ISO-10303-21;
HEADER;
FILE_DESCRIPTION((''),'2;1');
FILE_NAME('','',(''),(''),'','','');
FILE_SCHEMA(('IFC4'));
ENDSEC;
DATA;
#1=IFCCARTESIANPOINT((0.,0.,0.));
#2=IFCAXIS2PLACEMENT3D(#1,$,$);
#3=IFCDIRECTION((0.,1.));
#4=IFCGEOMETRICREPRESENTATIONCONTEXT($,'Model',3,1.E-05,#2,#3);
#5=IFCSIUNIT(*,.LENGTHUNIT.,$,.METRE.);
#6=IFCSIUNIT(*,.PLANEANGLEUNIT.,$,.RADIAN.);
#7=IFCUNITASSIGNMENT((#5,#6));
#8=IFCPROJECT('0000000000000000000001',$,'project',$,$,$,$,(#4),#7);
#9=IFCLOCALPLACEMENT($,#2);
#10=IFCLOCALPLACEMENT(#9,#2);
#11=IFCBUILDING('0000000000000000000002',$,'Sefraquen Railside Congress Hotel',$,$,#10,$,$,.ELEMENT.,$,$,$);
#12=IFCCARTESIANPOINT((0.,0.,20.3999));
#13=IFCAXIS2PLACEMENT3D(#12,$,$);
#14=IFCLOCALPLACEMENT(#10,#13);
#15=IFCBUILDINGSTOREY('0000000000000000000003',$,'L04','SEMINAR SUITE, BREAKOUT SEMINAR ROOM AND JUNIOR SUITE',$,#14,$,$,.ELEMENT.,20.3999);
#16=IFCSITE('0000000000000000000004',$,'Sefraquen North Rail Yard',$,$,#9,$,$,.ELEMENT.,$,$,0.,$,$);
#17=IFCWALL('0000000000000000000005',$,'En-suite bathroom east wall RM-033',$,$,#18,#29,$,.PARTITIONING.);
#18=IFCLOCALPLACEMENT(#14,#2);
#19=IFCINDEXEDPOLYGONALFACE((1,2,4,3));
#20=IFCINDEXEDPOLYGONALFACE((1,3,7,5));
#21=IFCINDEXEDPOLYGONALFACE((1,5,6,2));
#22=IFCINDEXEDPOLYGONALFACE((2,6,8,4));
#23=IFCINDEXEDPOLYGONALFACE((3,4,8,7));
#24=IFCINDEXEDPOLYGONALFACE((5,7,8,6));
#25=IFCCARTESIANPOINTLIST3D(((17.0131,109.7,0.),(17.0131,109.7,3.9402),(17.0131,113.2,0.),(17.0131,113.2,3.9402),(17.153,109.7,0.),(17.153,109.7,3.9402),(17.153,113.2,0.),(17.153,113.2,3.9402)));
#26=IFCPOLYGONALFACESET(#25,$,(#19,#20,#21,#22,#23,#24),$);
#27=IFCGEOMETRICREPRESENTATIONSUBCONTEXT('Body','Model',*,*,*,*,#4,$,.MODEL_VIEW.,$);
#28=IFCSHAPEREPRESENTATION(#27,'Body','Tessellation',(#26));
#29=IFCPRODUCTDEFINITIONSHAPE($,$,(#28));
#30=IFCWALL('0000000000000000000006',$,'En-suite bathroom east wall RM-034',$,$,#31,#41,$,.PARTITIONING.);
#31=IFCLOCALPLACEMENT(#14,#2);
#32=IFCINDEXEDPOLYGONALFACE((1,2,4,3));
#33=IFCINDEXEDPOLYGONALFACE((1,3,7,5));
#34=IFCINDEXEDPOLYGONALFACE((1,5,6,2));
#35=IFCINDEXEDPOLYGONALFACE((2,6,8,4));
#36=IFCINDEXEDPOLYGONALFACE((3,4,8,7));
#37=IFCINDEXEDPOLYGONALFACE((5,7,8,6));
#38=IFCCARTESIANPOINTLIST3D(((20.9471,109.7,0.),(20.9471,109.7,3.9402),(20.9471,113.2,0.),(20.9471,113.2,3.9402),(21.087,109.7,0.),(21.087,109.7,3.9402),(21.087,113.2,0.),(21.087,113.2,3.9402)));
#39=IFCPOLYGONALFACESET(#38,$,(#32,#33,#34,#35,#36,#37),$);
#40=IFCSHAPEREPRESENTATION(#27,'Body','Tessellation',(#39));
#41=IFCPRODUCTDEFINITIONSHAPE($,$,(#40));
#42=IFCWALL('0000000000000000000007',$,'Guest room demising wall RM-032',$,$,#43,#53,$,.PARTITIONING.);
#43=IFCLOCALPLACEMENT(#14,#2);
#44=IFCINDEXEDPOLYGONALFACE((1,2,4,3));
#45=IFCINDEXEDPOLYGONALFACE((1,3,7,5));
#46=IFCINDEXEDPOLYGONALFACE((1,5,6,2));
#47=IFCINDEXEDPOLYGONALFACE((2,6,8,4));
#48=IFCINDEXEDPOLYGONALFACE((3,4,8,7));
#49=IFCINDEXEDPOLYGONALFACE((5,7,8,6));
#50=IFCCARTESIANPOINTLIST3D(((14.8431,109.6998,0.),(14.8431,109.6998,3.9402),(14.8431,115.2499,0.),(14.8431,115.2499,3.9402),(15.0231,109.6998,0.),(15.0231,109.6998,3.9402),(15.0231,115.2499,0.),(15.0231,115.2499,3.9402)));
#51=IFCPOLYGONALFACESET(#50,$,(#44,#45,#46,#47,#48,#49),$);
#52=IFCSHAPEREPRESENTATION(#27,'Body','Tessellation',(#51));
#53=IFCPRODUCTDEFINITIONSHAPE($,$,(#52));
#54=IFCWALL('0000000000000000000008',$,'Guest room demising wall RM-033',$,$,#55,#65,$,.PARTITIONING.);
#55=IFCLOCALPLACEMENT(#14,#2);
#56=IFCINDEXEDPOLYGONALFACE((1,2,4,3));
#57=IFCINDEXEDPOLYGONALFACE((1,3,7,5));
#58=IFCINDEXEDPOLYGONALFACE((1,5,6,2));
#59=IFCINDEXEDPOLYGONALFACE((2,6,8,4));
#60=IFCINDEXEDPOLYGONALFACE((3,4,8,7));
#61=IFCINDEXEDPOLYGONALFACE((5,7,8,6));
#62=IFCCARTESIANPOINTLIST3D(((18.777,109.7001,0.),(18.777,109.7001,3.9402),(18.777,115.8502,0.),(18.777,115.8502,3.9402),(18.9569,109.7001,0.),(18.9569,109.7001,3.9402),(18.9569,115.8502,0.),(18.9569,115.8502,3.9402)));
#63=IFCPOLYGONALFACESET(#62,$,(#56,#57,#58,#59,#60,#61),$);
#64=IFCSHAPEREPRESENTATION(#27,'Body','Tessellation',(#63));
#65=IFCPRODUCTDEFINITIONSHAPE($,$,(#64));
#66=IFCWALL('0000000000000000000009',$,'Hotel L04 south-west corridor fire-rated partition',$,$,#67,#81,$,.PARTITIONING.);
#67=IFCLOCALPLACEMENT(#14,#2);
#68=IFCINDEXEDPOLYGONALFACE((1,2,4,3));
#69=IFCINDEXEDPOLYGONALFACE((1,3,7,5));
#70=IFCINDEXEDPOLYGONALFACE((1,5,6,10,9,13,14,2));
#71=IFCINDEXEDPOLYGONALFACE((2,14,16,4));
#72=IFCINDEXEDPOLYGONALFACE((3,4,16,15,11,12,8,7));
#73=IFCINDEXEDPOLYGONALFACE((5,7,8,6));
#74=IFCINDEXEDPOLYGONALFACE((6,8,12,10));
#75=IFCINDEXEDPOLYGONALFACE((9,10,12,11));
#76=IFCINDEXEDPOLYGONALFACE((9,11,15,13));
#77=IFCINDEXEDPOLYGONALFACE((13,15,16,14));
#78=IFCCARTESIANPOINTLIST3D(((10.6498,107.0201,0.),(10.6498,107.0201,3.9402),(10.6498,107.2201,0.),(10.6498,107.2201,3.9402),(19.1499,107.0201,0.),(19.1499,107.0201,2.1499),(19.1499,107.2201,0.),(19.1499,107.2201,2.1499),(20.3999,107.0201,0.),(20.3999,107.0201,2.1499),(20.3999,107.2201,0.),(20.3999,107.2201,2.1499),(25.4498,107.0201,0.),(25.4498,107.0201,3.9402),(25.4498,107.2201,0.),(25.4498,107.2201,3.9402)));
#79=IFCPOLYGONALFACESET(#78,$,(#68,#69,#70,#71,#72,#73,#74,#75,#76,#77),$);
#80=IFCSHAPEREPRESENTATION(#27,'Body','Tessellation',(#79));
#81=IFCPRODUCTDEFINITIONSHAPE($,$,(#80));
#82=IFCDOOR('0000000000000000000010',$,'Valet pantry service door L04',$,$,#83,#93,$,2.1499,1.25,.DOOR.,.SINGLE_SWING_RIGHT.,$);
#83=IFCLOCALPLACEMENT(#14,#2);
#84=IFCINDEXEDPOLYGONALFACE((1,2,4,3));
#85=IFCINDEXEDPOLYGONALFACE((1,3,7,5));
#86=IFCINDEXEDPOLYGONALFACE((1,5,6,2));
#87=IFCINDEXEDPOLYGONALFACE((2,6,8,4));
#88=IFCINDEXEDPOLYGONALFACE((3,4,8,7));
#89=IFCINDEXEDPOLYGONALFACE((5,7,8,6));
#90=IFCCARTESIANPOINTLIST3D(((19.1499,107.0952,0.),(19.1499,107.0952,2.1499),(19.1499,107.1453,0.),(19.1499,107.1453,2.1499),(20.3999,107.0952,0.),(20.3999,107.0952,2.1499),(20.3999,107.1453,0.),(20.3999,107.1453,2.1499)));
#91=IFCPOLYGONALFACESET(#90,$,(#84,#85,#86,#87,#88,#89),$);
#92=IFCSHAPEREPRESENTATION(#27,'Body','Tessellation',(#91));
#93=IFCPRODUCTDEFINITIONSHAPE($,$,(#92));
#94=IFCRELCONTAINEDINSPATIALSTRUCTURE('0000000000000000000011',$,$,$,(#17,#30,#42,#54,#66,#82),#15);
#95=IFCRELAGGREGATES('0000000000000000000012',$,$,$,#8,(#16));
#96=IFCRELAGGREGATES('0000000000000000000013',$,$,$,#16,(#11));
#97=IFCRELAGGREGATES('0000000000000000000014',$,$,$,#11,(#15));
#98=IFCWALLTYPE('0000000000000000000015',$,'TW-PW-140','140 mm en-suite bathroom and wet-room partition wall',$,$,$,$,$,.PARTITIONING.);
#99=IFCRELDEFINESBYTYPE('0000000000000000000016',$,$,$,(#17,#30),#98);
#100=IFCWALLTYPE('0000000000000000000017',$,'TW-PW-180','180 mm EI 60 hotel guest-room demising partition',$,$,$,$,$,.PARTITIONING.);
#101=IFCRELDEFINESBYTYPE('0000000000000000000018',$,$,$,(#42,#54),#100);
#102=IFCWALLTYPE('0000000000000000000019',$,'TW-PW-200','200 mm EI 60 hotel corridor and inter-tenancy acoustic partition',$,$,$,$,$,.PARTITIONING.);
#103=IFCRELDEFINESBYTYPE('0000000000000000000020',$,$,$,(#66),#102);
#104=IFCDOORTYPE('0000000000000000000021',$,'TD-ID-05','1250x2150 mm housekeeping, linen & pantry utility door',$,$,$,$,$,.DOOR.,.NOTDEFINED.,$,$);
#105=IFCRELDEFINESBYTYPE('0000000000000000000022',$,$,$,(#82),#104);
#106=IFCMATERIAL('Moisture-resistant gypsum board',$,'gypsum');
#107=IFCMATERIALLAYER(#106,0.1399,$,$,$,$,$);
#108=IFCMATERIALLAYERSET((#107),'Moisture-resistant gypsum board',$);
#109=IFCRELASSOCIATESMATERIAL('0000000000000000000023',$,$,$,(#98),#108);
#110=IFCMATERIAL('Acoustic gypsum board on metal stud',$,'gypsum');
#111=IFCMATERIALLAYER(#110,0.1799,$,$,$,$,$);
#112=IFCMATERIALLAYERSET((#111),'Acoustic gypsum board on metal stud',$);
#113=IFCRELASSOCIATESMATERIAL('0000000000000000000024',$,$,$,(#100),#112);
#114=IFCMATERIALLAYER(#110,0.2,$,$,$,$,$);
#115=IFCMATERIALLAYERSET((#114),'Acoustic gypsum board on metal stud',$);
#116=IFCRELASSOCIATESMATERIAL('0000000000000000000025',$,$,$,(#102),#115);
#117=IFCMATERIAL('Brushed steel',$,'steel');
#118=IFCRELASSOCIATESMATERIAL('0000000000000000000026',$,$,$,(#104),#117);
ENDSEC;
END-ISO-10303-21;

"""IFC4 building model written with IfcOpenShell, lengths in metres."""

from ifc_helpers import new_model, si_unit, direction, frame, frame_2d, origin, place, context, subcontext, project, spatial, rectangle, extrude, material, layer, layer_set, type_object, element, fill, save


model = new_model("IFC4")

# Units and contexts
model_context = context("Model", 3, precision=1e-05, world=origin(), true_north=direction((0.0, 1.0)))
body_context = subcontext(model_context, "Body", "Model", "MODEL_VIEW")
ifc_project = project(units=[si_unit("LENGTHUNIT", "METRE"), si_unit("PLANEANGLEUNIT", "RADIAN")], contexts=[model_context])

# Site, building, storey
site_placement = place(None, origin())
site = spatial("IfcSite", under=ifc_project, at=site_placement, Name="Sefraquen North Rail Yard", CompositionType="ELEMENT", RefElevation=0.0)
building_placement = place(site_placement, origin())
building = spatial("IfcBuilding", under=site, at=building_placement, Name="Sefraquen Railside Congress Hotel", CompositionType="ELEMENT")
storey_placement = place(building_placement, frame((0.0, 0.0, 20.3999)))
storey = spatial("IfcBuildingStorey", under=building, at=storey_placement, Name="L04", Description="SEMINAR SUITE, BREAKOUT SEMINAR ROOM AND JUNIOR SUITE", CompositionType="ELEMENT", Elevation=20.3999)

# Shared definitions
ifc_material_1 = material(Name="Moisture-resistant gypsum board", Category="gypsum")
ifc_layer_1 = layer(ifc_material_1, 0.1399)
ifc_layer_set_1 = layer_set([ifc_layer_1], Name="Moisture-resistant gypsum board")
wall_type_1 = type_object("IfcWallType", Name="TW-PW-140", Description="140 mm en-suite bathroom and wet-room partition wall", PredefinedType="PARTITIONING", material=ifc_layer_set_1)

# Walls
for number, where, z_axis, x_axis, name in (
    (1, (17.083, 109.7, 0.0), (0.0, 0.0, 1.0), (0.0, 1.0, 0.0), "En-suite bathroom east wall RM-033"),
    (2, (21.0171, 109.7, 0.0), (0.0, 0.0, 1.0), (0.0, 1.0, 0.0), "En-suite bathroom east wall RM-034"),
):
    element("IfcWall", number, at=place(storey_placement, frame(where, z_axis=z_axis, x_axis=x_axis)), inside=storey, type_object=wall_type_1, Name=name, PredefinedType="PARTITIONING", context=body_context, shape_type="SweptSolid", body=[
        extrude(rectangle(XDim=3.5, YDim=0.1399, at=frame_2d((1.75, 0.0))), origin(), (0.0, 0.0, 1.0), 3.9402),
    ])
ifc_material_2 = material(Name="Acoustic gypsum board on metal stud", Category="gypsum")
ifc_layer_2 = layer(ifc_material_2, 0.1799)
ifc_layer_set_2 = layer_set([ifc_layer_2], Name="Acoustic gypsum board on metal stud")
wall_type_2 = type_object("IfcWallType", Name="TW-PW-180", Description="180 mm EI 60 hotel guest-room demising partition", PredefinedType="PARTITIONING", material=ifc_layer_set_2)
wall_1_placement = place(storey_placement, frame((14.9331, 109.7, 0.0), z_axis=(0.0, 0.0, 1.0), x_axis=(0.0, 1.0, 0.0)))
element("IfcWall", 3, at=wall_1_placement, inside=storey, type_object=wall_type_2, Name="Guest room demising wall RM-032", PredefinedType="PARTITIONING", context=body_context, shape_type="SweptSolid", body=[
    extrude(rectangle(XDim=5.55, YDim=0.1799, at=frame_2d((2.7749, 0.0))), origin(), (0.0, 0.0, 1.0), 3.9402),
])
wall_2_placement = place(storey_placement, frame((18.8669, 109.7, 0.0), z_axis=(0.0, 0.0, 1.0), x_axis=(0.0, 1.0, 0.0)))
element("IfcWall", 4, at=wall_2_placement, inside=storey, type_object=wall_type_2, Name="Guest room demising wall RM-033", PredefinedType="PARTITIONING", context=body_context, shape_type="SweptSolid", body=[
    extrude(rectangle(XDim=6.1501, YDim=0.1799, at=frame_2d((3.0752, 0.0))), origin(), (0.0, 0.0, 1.0), 3.9402),
])

# Wall, opening, door
ifc_layer_3 = layer(ifc_material_2, 0.2)
ifc_layer_set_3 = layer_set([ifc_layer_3], Name="Acoustic gypsum board on metal stud")
wall_type_3 = type_object("IfcWallType", Name="TW-PW-200", Description="200 mm EI 60 hotel corridor and inter-tenancy acoustic partition", PredefinedType="PARTITIONING", material=ifc_layer_set_3)
wall_3_placement = place(storey_placement, frame((10.6499, 107.1201, 0.0), z_axis=(0.0, 0.0, 1.0), x_axis=(1.0, 0.0, 0.0)))
wall_3 = element("IfcWall", 5, at=wall_3_placement, inside=storey, type_object=wall_type_3, Name="Hotel L04 south-west corridor fire-rated partition", PredefinedType="PARTITIONING", context=body_context, shape_type="SweptSolid", body=[
    extrude(rectangle(XDim=14.8, YDim=0.2, at=frame_2d((7.3999, 0.0))), origin(), (0.0, 0.0, 1.0), 3.9402),
])
opening_1_placement = place(wall_3_placement, frame((8.5, 0.0, 0.0)))
opening_1 = element("IfcOpeningElement", 6, at=opening_1_placement, cuts=wall_3, PredefinedType="OPENING", context=body_context, shape_type="SweptSolid", body=[
    extrude(rectangle(XDim=1.25, YDim=2.1499, at=frame_2d((0.625, 1.075))), frame((0.0, 0.1099, 0.0), z_axis=(0.0, -1.0, 0.0), x_axis=(1.0, 0.0, 0.0)), (0.0, 0.0, 1.0), 0.22),
])
ifc_material_3 = material(Name="Brushed steel", Category="steel")
door_type_1 = type_object("IfcDoorType", Name="TD-ID-05", Description="1250x2150 mm housekeeping, linen & pantry utility door", OperationType="NOTDEFINED", PredefinedType="DOOR", material=ifc_material_3)
door_1_placement = place(opening_1_placement, frame((1.25, 0.0, 0.0), z_axis=(0.0, 0.0, 1.0), x_axis=(-1.0, 0.0, 0.0)))
door_1 = element("IfcDoor", 7, at=door_1_placement, inside=storey, type_object=door_type_1, Name="Valet pantry service door L04", OperationType="SINGLE_SWING_RIGHT", OverallHeight=2.1499, OverallWidth=1.25, PredefinedType="DOOR", context=body_context, shape_type="SweptSolid", body=[
    extrude(rectangle(XDim=1.25, YDim=2.1499, at=frame_2d((0.625, 1.075))), frame((0.0, 0.0249, 0.0), z_axis=(0.0, -1.0, 0.0), x_axis=(1.0, 0.0, 0.0)), (0.0, 0.0, 1.0), 0.05),
])
fill(opening_1, door_1)

save(model, "model.ifc")
